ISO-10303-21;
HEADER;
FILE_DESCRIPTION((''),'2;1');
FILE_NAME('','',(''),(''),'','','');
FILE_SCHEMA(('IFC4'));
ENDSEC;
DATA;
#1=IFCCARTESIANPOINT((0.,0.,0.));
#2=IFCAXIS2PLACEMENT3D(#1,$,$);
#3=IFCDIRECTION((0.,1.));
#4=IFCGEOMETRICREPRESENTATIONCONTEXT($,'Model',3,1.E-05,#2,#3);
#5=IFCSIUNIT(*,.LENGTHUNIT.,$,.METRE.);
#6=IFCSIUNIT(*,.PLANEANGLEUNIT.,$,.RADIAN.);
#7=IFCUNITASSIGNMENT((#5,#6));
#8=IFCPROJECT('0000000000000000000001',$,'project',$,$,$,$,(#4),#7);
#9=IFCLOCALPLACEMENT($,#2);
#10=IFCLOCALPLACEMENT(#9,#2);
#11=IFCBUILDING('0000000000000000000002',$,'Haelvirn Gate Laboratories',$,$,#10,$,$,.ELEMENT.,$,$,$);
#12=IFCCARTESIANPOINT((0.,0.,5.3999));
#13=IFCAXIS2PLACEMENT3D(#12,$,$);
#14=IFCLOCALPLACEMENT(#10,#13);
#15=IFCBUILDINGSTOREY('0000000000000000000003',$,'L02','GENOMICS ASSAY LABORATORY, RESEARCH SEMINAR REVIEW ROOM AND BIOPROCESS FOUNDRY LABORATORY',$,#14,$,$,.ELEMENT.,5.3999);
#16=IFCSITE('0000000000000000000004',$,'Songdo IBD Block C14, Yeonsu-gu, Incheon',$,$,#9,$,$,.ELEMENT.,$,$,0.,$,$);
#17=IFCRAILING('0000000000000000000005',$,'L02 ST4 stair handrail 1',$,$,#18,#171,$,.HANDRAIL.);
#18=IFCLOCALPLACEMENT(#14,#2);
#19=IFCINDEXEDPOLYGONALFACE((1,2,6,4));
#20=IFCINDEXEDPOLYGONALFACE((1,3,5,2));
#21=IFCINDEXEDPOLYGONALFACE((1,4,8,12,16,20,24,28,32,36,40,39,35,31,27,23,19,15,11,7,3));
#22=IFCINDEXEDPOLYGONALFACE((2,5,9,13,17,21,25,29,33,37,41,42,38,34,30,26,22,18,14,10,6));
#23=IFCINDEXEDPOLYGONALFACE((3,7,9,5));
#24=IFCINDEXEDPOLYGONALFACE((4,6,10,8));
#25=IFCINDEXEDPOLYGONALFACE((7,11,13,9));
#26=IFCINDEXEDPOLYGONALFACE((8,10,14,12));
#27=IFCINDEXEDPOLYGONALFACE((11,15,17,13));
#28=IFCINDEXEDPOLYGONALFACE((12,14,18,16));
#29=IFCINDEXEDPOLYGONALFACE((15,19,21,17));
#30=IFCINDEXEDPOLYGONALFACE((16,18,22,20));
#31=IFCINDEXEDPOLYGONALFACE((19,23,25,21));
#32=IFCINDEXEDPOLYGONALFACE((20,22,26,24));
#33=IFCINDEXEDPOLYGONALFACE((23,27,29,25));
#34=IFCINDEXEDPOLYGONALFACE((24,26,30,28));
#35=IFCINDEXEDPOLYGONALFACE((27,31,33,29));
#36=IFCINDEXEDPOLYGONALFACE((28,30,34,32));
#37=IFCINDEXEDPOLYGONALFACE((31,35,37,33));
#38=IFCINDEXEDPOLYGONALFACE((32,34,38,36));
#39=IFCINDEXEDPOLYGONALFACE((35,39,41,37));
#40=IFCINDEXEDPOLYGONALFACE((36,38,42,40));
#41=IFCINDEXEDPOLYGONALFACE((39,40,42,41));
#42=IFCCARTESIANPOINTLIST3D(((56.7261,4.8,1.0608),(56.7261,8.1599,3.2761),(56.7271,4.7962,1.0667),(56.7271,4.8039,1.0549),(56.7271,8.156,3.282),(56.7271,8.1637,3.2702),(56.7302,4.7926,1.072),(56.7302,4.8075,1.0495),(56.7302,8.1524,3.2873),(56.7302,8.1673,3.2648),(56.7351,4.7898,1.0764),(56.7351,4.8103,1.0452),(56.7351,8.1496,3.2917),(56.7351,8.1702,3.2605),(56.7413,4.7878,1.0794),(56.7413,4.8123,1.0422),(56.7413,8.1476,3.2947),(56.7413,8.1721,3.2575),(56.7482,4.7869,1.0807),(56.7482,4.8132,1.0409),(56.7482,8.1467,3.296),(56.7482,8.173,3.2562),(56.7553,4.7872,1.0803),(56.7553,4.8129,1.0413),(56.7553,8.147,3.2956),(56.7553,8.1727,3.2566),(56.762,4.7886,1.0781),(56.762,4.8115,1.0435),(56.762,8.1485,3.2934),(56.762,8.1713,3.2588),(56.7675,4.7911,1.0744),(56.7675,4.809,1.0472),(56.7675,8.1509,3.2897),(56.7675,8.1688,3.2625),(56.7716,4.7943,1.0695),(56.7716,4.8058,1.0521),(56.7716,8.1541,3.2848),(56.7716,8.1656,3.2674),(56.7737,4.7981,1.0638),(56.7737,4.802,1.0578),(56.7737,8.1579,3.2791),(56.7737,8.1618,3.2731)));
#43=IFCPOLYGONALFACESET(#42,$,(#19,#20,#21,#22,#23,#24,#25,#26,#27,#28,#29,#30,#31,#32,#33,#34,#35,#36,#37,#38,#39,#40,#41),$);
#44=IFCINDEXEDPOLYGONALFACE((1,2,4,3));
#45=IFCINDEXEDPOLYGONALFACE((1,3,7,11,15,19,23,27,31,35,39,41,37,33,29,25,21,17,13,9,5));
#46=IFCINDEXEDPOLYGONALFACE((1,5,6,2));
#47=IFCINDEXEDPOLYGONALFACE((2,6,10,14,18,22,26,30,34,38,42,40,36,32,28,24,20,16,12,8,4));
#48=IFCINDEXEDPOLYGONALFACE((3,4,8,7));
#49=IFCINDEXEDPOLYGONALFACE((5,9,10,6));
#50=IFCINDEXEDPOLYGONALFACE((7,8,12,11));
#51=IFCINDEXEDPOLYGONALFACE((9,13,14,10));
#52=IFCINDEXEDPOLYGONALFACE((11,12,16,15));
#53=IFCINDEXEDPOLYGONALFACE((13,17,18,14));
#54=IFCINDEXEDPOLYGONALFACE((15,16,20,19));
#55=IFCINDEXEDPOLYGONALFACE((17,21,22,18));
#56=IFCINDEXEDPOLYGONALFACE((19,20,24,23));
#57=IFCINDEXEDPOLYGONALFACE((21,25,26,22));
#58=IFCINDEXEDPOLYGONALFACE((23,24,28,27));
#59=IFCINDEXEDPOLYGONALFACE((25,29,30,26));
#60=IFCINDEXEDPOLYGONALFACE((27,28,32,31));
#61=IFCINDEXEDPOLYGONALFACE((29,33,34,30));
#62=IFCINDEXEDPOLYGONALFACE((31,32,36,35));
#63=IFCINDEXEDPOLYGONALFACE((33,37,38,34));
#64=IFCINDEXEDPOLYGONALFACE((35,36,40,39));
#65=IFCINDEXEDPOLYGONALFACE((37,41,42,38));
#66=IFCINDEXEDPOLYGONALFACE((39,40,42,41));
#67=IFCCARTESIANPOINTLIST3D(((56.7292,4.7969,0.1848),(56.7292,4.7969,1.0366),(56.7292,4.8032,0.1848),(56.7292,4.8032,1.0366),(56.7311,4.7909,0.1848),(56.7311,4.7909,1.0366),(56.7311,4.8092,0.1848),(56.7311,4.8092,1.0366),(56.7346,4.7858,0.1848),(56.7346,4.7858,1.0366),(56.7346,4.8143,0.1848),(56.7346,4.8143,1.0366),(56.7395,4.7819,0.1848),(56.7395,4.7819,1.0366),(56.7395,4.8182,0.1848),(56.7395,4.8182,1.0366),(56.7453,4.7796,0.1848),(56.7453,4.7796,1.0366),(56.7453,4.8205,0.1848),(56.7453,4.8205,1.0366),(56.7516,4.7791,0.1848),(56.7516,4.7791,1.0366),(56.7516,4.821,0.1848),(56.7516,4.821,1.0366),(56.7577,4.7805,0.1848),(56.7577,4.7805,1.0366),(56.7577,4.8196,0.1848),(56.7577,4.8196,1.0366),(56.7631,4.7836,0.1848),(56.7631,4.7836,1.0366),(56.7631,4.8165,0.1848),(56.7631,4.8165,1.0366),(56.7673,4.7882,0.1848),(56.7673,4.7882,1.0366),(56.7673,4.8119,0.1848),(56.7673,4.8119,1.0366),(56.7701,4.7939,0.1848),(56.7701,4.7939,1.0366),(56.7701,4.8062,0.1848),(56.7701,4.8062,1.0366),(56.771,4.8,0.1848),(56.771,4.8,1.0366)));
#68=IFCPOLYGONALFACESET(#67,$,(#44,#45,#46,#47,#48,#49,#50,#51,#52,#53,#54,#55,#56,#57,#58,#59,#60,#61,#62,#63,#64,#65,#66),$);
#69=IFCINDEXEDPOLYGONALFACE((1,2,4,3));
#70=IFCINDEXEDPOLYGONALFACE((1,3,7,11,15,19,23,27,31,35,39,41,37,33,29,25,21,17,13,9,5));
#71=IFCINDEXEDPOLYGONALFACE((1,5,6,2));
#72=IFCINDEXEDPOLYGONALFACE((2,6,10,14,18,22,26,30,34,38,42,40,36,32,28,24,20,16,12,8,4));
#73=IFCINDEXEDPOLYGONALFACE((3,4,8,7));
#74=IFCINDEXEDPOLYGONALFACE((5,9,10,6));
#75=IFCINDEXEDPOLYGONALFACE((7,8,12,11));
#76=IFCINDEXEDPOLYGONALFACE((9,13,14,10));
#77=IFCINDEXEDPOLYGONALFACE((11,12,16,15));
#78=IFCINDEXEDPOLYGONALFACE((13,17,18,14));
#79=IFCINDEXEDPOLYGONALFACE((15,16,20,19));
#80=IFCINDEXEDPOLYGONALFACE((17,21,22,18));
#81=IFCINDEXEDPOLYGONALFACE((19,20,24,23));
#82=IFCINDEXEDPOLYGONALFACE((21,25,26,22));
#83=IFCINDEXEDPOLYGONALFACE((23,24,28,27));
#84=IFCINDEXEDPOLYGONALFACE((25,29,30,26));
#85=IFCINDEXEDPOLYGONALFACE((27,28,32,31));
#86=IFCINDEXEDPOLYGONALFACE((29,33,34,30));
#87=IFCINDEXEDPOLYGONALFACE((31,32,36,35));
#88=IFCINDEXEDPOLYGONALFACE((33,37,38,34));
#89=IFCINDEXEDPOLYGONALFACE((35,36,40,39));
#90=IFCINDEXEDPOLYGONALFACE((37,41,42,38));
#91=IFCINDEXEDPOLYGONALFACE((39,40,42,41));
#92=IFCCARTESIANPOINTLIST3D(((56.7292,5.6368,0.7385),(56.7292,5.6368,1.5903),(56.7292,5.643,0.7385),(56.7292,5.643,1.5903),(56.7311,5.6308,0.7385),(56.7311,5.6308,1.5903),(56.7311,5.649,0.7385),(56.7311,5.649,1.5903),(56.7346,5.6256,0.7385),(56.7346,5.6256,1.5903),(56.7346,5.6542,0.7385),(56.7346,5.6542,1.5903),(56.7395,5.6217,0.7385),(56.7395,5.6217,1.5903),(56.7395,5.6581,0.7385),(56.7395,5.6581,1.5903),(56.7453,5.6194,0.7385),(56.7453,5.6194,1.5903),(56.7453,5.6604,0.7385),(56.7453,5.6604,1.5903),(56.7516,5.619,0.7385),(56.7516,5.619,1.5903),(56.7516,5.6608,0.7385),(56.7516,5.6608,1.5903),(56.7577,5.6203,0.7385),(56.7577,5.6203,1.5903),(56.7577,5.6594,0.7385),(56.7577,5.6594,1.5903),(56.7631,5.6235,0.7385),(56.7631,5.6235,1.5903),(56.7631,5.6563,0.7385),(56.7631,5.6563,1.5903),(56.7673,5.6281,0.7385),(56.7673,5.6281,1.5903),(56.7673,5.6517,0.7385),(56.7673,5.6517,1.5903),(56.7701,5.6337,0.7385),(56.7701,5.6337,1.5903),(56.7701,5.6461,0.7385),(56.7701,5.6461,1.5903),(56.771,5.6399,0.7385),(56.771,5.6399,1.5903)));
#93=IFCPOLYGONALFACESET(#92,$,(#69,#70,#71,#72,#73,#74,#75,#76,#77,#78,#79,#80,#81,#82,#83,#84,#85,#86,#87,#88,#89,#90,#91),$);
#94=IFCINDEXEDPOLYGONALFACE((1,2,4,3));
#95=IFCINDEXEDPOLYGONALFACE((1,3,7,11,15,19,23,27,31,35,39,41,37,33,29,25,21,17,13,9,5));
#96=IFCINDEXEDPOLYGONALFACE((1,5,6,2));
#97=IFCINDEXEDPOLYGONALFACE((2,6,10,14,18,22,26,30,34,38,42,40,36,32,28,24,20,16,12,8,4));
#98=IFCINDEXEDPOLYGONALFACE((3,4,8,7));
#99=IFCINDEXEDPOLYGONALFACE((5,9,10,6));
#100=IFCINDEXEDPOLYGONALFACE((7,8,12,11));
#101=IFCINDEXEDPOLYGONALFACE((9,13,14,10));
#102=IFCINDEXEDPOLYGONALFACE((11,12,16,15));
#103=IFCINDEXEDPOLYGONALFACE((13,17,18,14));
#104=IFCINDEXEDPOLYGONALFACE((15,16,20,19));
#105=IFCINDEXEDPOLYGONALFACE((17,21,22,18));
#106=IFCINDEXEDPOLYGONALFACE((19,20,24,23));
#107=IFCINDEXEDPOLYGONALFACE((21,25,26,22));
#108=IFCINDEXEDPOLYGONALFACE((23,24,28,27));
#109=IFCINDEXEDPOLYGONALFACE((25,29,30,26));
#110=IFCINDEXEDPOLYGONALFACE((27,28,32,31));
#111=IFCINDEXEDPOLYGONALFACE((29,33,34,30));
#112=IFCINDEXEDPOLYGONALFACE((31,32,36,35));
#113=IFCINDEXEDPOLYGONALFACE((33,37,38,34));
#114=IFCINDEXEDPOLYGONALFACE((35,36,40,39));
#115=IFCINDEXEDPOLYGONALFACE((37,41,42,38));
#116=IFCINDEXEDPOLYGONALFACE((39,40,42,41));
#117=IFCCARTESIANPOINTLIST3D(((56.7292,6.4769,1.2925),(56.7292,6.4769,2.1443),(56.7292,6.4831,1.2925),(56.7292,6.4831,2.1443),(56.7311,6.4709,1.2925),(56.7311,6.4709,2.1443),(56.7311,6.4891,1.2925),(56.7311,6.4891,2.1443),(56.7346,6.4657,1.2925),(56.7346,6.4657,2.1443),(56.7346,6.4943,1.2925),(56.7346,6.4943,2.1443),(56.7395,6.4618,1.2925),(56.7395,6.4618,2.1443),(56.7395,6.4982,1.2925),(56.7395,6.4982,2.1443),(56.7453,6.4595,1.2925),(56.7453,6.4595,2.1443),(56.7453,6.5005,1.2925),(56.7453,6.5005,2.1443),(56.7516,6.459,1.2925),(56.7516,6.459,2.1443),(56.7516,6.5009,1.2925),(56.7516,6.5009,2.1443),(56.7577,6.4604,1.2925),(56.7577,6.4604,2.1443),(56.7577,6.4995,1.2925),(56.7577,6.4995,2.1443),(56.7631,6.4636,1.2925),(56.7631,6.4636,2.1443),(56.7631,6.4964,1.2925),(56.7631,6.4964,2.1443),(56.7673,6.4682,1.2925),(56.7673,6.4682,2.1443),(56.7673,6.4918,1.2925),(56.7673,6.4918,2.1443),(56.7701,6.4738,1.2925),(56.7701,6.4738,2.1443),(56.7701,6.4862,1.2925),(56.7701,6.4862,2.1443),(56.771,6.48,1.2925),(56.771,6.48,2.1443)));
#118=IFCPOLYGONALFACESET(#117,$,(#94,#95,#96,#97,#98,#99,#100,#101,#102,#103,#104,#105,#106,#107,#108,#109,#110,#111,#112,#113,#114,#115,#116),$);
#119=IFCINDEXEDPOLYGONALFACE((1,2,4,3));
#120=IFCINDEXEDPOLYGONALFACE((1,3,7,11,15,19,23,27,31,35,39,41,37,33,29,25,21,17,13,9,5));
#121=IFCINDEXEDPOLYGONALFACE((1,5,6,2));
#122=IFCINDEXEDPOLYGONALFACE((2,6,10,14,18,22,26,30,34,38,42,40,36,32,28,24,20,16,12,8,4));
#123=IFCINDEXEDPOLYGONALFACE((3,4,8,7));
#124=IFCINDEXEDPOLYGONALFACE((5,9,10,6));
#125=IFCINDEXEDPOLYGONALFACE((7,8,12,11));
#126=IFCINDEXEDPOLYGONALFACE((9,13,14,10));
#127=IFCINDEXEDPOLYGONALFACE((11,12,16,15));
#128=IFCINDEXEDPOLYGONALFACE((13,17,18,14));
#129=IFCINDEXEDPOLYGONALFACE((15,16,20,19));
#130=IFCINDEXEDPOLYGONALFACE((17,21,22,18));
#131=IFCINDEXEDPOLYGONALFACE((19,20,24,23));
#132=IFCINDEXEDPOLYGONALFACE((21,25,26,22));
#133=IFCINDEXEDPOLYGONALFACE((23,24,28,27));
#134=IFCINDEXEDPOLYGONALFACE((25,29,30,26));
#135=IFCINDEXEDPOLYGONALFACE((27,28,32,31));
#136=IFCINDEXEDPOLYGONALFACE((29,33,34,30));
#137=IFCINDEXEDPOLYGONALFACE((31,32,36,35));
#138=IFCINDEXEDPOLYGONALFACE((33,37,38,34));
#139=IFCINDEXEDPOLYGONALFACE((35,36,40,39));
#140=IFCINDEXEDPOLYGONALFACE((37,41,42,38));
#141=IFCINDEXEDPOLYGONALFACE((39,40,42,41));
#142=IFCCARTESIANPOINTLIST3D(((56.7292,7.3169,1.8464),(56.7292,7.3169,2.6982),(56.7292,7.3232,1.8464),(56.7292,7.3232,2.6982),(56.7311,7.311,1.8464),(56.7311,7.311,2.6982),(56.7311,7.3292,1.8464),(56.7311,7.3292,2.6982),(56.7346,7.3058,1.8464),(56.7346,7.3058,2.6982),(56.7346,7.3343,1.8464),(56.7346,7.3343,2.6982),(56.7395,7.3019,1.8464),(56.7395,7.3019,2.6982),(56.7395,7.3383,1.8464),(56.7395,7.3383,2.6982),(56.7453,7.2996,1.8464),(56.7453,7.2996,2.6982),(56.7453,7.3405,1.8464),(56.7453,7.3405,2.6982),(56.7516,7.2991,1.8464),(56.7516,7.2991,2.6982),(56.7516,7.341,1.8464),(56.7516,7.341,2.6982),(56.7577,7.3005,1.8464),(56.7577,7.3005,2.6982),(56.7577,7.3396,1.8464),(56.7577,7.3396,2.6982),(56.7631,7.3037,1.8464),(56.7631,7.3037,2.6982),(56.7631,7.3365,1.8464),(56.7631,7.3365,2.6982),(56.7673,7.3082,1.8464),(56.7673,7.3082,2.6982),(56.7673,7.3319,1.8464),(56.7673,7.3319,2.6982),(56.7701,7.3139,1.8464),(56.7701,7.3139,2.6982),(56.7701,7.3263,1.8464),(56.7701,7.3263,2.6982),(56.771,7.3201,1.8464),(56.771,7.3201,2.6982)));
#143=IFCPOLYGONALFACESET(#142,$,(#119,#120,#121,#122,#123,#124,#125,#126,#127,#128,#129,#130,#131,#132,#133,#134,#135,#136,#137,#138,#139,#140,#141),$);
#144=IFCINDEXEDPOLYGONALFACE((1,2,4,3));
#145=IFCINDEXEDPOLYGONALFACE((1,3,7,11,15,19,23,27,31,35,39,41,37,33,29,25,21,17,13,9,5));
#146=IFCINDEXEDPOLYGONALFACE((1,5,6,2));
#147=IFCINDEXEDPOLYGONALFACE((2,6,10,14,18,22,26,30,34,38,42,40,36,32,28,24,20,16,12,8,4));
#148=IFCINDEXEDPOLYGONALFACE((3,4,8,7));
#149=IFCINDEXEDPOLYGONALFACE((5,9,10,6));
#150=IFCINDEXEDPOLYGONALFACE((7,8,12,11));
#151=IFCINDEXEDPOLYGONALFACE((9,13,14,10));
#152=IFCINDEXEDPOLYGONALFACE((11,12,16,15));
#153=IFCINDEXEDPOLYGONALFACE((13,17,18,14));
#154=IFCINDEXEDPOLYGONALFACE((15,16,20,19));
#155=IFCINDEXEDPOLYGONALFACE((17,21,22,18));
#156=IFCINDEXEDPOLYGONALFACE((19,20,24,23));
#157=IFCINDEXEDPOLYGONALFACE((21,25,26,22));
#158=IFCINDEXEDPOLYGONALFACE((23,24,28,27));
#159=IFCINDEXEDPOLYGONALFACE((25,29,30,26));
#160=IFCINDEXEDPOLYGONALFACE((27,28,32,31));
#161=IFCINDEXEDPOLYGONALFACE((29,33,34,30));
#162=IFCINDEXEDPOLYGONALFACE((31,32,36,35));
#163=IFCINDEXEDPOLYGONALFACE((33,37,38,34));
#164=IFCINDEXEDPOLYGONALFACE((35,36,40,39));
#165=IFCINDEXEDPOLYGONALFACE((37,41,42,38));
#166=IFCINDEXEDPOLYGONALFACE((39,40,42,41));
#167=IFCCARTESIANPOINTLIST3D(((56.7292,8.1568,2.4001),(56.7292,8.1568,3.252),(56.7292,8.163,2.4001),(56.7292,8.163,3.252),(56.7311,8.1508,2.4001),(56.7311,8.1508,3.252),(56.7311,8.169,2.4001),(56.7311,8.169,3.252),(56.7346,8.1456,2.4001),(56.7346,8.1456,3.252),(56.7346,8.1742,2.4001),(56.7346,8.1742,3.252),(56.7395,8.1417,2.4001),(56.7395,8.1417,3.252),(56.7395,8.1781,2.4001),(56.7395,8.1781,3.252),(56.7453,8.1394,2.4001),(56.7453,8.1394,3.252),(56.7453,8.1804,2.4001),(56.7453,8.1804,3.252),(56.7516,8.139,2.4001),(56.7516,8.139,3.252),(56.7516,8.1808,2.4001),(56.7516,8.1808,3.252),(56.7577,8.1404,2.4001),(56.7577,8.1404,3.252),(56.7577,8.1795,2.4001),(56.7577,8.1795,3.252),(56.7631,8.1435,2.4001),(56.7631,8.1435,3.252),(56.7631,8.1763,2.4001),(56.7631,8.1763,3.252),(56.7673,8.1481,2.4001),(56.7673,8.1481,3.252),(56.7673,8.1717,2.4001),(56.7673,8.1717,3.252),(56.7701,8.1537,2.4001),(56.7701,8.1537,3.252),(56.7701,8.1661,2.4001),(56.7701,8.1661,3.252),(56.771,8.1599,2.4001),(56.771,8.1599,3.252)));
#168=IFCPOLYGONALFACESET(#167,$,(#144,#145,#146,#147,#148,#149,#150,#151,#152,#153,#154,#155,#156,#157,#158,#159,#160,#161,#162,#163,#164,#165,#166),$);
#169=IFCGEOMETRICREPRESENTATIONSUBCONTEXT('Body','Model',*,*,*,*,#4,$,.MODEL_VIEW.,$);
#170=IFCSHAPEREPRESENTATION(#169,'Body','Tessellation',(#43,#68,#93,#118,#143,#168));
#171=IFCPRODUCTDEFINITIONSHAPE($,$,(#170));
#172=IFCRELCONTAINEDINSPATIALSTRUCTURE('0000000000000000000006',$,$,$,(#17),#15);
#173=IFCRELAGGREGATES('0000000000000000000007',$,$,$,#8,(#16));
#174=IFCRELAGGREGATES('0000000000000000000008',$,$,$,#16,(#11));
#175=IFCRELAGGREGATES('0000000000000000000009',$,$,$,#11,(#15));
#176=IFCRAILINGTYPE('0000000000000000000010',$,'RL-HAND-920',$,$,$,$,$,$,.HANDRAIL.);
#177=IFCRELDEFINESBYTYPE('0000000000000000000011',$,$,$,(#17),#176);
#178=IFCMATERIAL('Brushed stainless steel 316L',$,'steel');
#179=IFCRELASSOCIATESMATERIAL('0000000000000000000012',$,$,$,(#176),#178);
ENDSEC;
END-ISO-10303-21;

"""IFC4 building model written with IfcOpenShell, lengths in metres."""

from ifc_helpers import new_model, si_unit, direction, frame, origin, origin_2d, place, context, subcontext, project, spatial, circle, extrude, source, transform, mapped, material, type_object, type_shapes, element, save


model = new_model("IFC4")

# Units and contexts
model_context = context("Model", 3, precision=1e-05, world=origin(), true_north=direction((0.0, 1.0)))
body_context = subcontext(model_context, "Body", "Model", "MODEL_VIEW")
ifc_project = project(units=[si_unit("LENGTHUNIT", "METRE"), si_unit("PLANEANGLEUNIT", "RADIAN")], contexts=[model_context])

# Site, building, storey
site_placement = place(None, origin())
site = spatial("IfcSite", under=ifc_project, at=site_placement, Name="Songdo IBD Block C14, Yeonsu-gu, Incheon", CompositionType="ELEMENT", RefElevation=0.0)
building_placement = place(site_placement, origin())
building = spatial("IfcBuilding", under=site, at=building_placement, Name="Haelvirn Gate Laboratories", CompositionType="ELEMENT")
storey_placement = place(building_placement, frame((0.0, 0.0, 5.3999)))
storey = spatial("IfcBuildingStorey", under=building, at=storey_placement, Name="L02", Description="GENOMICS ASSAY LABORATORY, RESEARCH SEMINAR REVIEW ROOM AND BIOPROCESS FOUNDRY LABORATORY", CompositionType="ELEMENT", Elevation=5.3999)

# Railing
ifc_material_1 = material(Name="Brushed stainless steel 316L", Category="steel")
railing_type_1 = type_object("IfcRailingType", Name="RL-HAND-920", PredefinedType="HANDRAIL", material=ifc_material_1)
shared_shape_1 = source(origin(), body_context, "Body", "SweptSolid", [
    extrude(circle(Radius=0.0239, at=origin_2d()), frame((0.0, 0.0, 0.876), z_axis=(0.0, 0.834858, 0.550465), x_axis=(-1.0, 0.0, 0.0)), (0.0, 0.0, 1.0), 4.0244),
    extrude(circle(Radius=0.021, at=origin_2d()), origin(), (0.0, 0.0, 1.0), 0.8518),
    extrude(circle(Radius=0.021, at=origin_2d()), frame((0.0, 0.8398, 0.5537)), (0.0, 0.0, 1.0), 0.8518),
    extrude(circle(Radius=0.021, at=origin_2d()), frame((0.0, 1.6799, 1.1077)), (0.0, 0.0, 1.0), 0.8518),
    extrude(circle(Radius=0.021, at=origin_2d()), frame((0.0, 2.52, 1.6616)), (0.0, 0.0, 1.0), 0.8518),
    extrude(circle(Radius=0.021, at=origin_2d()), frame((0.0, 3.3599, 2.2153)), (0.0, 0.0, 1.0), 0.8518),
])
type_shapes(railing_type_1, [shared_shape_1])
railing_1_placement = place(storey_placement, frame((56.75, 4.8, 0.1848)))
element("IfcRailing", 1, at=railing_1_placement, inside=storey, type_object=railing_type_1, Name="L02 ST4 stair handrail 1", PredefinedType="HANDRAIL", context=body_context, shape_type="MappedRepresentation", body=[
    mapped(shared_shape_1, transform((0.0, 0.0, 0.0), scale=1.0)),
])

save(model, "model.ifc")
